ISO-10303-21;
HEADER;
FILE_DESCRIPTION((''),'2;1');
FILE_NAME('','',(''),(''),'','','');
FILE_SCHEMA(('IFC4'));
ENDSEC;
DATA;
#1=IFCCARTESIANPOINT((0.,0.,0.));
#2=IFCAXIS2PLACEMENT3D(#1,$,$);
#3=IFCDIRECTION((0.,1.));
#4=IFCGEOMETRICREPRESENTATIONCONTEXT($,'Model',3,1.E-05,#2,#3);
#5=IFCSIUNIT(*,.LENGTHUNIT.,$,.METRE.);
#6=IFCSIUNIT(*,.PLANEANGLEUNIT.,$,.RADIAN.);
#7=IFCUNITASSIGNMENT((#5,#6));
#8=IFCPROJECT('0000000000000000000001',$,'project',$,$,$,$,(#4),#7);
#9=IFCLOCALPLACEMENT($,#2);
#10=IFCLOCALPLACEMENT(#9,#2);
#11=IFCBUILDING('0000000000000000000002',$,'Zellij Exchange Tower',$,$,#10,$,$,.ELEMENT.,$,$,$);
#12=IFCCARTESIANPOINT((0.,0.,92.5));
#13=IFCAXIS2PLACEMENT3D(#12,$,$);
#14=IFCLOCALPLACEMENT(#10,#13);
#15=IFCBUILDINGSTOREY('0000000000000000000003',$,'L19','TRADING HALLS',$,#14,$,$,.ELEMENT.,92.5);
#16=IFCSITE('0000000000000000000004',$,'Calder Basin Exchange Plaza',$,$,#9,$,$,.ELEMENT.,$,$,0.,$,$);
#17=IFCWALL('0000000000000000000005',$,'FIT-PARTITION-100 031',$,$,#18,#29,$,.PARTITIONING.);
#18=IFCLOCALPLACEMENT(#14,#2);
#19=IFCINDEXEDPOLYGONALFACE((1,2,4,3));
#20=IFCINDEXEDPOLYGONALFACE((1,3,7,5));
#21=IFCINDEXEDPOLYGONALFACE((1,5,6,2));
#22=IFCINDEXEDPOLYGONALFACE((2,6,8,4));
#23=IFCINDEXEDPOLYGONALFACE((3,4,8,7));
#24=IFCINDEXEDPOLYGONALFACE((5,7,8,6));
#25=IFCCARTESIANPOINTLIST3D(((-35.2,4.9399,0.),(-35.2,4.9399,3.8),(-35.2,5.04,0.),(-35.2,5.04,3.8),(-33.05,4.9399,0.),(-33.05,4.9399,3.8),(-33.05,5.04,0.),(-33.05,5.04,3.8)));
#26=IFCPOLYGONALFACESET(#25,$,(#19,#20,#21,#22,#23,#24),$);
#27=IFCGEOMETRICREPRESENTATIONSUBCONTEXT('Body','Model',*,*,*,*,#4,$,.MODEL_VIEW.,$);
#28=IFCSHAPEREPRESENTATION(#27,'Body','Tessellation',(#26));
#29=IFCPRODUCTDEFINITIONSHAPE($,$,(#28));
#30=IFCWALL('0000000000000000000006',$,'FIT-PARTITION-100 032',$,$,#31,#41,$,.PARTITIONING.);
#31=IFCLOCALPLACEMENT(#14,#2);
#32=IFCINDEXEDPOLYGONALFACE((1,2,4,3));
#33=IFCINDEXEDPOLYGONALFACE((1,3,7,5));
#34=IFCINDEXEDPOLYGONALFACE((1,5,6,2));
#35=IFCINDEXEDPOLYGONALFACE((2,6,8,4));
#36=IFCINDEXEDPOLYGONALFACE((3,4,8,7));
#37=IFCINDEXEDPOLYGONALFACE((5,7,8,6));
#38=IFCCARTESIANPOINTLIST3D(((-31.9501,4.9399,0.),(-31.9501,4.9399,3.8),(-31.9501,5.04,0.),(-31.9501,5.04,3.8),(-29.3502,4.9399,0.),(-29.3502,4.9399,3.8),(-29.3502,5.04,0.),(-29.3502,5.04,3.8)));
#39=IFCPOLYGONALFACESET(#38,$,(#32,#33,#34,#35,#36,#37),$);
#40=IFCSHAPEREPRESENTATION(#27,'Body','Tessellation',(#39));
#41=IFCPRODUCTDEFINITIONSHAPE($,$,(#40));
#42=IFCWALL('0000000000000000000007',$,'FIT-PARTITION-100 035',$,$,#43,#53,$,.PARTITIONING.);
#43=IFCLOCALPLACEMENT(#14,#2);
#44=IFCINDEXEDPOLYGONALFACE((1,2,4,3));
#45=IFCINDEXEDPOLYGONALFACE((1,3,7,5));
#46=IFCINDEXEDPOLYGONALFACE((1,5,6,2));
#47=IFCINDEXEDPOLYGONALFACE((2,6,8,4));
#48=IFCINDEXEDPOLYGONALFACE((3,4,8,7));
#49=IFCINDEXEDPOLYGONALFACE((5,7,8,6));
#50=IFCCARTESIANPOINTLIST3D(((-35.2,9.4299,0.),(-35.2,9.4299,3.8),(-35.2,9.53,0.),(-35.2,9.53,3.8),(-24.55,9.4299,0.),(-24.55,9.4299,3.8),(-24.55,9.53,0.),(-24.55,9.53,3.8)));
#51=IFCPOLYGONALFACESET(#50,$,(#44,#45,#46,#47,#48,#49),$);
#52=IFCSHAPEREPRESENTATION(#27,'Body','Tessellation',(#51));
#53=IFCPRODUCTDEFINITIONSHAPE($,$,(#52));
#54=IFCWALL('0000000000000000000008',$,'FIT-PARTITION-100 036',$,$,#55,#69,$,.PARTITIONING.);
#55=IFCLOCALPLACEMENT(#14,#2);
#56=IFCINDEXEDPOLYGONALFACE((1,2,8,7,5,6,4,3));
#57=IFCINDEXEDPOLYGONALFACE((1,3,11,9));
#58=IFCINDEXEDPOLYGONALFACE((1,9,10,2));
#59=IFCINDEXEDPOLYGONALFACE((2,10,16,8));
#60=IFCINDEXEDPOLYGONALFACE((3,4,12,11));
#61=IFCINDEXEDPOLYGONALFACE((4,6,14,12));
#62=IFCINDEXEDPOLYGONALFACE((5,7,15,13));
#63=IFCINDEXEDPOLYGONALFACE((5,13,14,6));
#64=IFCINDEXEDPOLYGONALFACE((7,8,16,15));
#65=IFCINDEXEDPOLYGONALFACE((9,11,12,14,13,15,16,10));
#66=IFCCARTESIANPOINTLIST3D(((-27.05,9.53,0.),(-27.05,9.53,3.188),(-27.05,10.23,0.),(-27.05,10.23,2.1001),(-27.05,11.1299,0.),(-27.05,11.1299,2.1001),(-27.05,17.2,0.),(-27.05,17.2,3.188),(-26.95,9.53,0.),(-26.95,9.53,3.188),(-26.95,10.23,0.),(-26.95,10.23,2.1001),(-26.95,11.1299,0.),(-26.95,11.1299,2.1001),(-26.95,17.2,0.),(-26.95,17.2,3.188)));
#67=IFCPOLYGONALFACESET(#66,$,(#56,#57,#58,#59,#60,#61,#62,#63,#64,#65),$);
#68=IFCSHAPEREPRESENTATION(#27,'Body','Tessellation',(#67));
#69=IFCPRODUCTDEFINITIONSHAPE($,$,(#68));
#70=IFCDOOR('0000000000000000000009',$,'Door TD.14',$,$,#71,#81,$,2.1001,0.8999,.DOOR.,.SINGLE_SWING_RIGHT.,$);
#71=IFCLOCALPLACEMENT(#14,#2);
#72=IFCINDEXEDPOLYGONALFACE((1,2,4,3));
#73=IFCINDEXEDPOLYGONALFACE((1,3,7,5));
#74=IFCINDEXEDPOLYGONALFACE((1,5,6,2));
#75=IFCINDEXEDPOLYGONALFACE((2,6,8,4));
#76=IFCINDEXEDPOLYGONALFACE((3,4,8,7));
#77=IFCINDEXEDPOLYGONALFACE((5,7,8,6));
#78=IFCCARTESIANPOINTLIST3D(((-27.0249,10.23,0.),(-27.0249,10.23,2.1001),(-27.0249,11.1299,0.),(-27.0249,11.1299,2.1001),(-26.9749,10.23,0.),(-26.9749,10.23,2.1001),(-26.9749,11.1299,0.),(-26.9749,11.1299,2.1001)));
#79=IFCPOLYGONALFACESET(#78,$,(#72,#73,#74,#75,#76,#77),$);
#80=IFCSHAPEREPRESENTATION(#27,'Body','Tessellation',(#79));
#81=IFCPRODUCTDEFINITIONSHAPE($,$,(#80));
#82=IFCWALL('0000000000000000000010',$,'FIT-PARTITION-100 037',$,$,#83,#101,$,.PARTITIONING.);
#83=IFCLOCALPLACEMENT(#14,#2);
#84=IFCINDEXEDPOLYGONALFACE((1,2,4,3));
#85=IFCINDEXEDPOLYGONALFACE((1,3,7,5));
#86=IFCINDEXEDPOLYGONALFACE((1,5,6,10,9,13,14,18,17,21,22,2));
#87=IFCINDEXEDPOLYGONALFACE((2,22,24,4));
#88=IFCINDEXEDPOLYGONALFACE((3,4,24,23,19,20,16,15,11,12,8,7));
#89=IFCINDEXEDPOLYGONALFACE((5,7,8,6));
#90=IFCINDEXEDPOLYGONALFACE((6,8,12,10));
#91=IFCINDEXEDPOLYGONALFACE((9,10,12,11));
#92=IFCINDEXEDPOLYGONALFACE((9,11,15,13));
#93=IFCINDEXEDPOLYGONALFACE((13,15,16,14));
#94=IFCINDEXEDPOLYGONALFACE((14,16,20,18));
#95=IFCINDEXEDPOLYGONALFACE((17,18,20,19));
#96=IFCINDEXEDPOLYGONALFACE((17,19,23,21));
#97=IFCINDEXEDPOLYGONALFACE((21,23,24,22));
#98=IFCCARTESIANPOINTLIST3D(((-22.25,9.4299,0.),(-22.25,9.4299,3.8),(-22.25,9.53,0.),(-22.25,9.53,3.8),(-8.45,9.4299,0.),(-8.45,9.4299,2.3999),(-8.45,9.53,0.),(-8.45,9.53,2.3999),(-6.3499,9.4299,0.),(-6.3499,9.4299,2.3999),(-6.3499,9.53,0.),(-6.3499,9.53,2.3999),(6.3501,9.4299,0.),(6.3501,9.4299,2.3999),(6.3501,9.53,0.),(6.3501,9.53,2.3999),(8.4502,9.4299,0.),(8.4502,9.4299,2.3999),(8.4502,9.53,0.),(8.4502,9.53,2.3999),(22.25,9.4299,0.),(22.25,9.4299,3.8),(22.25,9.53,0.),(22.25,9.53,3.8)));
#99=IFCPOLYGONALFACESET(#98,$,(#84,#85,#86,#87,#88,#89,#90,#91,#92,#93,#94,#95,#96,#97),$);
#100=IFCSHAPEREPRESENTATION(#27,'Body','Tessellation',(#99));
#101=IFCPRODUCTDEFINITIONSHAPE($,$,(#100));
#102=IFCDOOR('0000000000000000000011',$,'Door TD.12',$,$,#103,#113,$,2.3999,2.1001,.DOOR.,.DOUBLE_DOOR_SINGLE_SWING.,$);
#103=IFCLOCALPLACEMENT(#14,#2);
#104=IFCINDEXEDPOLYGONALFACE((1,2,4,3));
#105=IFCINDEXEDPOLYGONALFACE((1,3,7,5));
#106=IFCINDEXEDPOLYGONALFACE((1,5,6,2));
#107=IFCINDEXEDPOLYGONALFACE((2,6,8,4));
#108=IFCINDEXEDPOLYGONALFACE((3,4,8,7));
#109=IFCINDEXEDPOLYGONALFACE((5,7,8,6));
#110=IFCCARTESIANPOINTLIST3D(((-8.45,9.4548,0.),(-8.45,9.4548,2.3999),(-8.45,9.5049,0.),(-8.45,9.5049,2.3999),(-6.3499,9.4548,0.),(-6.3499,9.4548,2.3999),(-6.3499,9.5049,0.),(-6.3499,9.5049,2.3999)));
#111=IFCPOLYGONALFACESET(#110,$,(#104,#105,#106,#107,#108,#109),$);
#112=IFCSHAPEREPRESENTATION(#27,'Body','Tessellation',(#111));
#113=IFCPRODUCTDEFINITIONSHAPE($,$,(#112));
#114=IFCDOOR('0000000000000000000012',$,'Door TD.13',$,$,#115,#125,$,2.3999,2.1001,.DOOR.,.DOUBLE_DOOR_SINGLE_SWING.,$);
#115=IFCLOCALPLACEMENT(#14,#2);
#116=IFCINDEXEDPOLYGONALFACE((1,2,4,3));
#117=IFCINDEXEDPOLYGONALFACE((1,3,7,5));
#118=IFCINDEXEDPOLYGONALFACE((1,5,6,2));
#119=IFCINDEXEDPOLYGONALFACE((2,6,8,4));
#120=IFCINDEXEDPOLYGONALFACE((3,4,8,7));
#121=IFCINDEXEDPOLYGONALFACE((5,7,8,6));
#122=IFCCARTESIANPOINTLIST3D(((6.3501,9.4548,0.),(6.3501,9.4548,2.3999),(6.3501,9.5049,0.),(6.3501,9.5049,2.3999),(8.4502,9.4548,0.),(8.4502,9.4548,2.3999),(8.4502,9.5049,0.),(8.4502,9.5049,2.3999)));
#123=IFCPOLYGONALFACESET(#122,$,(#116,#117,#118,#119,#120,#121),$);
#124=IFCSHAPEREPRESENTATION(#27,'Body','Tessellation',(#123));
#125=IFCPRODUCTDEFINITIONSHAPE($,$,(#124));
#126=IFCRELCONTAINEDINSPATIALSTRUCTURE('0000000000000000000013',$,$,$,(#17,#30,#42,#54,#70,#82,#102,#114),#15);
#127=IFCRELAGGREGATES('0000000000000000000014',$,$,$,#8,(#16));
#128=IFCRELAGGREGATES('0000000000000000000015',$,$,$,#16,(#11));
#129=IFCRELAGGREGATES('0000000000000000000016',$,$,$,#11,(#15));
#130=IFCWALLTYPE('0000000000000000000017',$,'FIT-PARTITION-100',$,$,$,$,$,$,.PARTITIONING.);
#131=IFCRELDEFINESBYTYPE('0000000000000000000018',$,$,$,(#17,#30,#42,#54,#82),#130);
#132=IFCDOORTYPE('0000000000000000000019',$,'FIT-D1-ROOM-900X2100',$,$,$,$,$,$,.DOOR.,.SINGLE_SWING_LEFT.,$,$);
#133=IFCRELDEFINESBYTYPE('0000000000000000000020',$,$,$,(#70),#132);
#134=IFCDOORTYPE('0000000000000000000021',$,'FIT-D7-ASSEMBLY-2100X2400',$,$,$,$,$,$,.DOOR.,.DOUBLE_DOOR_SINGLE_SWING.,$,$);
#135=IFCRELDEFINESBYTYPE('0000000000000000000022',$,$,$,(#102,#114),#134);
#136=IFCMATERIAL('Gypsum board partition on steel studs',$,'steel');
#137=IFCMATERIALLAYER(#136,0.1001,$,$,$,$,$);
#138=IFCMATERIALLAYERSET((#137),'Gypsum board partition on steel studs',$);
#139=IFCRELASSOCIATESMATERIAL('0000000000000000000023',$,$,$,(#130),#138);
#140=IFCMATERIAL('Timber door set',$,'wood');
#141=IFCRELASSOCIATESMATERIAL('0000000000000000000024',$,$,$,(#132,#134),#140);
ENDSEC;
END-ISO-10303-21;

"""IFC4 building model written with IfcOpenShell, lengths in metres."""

from ifc_helpers import new_model, si_unit, direction, frame, frame_2d, origin, place, context, subcontext, project, spatial, rectangle, extrude, material, layer, layer_set, type_object, element, fill, save


model = new_model("IFC4")

# Units and contexts
model_context = context("Model", 3, precision=1e-05, world=origin(), true_north=direction((0.0, 1.0)))
body_context = subcontext(model_context, "Body", "Model", "MODEL_VIEW")
ifc_project = project(units=[si_unit("LENGTHUNIT", "METRE"), si_unit("PLANEANGLEUNIT", "RADIAN")], contexts=[model_context])

# Site, building, storey
site_placement = place(None, origin())
site = spatial("IfcSite", under=ifc_project, at=site_placement, Name="Calder Basin Exchange Plaza", CompositionType="ELEMENT", RefElevation=0.0)
building_placement = place(site_placement, origin())
building = spatial("IfcBuilding", under=site, at=building_placement, Name="Zellij Exchange Tower", CompositionType="ELEMENT")
storey_placement = place(building_placement, frame((0.0, 0.0, 92.5)))
storey = spatial("IfcBuildingStorey", under=building, at=storey_placement, Name="L19", Description="TRADING HALLS", CompositionType="ELEMENT", Elevation=92.5)

# Walls
ifc_material_1 = material(Name="Gypsum board partition on steel studs", Category="steel")
ifc_layer_1 = layer(ifc_material_1, 0.1001)
ifc_layer_set_1 = layer_set([ifc_layer_1], Name="Gypsum board partition on steel studs")
wall_type = type_object("IfcWallType", Name="FIT-PARTITION-100", PredefinedType="PARTITIONING", material=ifc_layer_set_1)
wall_1_placement = place(storey_placement, frame((-35.2, 4.99, 0.0), z_axis=(0.0, 0.0, 1.0), x_axis=(1.0, 0.0, 0.0)))
element("IfcWall", 1, at=wall_1_placement, inside=storey, type_object=wall_type, Name="FIT-PARTITION-100 031", PredefinedType="PARTITIONING", context=body_context, shape_type="SweptSolid", body=[
    extrude(rectangle(XDim=2.1499, YDim=0.1001, at=frame_2d((1.075, 0.0))), origin(), (0.0, 0.0, 1.0), 3.8),
])
wall_2_placement = place(storey_placement, frame((-31.95, 4.99, 0.0), z_axis=(0.0, 0.0, 1.0), x_axis=(1.0, 0.0, 0.0)))
element("IfcWall", 2, at=wall_2_placement, inside=storey, type_object=wall_type, Name="FIT-PARTITION-100 032", PredefinedType="PARTITIONING", context=body_context, shape_type="SweptSolid", body=[
    extrude(rectangle(XDim=2.5999, YDim=0.1001, at=frame_2d((1.2998, 0.0))), origin(), (0.0, 0.0, 1.0), 3.8),
])
wall_3_placement = place(storey_placement, frame((-35.2, 9.48, 0.0), z_axis=(0.0, 0.0, 1.0), x_axis=(1.0, 0.0, 0.0)))
element("IfcWall", 3, at=wall_3_placement, inside=storey, type_object=wall_type, Name="FIT-PARTITION-100 035", PredefinedType="PARTITIONING", context=body_context, shape_type="SweptSolid", body=[
    extrude(rectangle(XDim=10.6499, YDim=0.1001, at=frame_2d((5.325, 0.0))), origin(), (0.0, 0.0, 1.0), 3.8),
])

# Wall, opening, door
wall_4_placement = place(storey_placement, frame((-27.0, 9.53, 0.0), z_axis=(0.0, 0.0, 1.0), x_axis=(0.0, 1.0, 0.0)))
wall_4 = element("IfcWall", 4, at=wall_4_placement, inside=storey, type_object=wall_type, Name="FIT-PARTITION-100 036", PredefinedType="PARTITIONING", context=body_context, shape_type="SweptSolid", body=[
    extrude(rectangle(XDim=7.6699, YDim=0.1001, at=frame_2d((3.835, 0.0))), origin(), (0.0, 0.0, 1.0), 3.188),
])
opening_1_placement = place(wall_4_placement, frame((0.7, 0.0, 0.0)))
opening_1 = element("IfcOpeningElement", 5, at=opening_1_placement, cuts=wall_4, PredefinedType="OPENING", context=body_context, shape_type="SweptSolid", body=[
    extrude(rectangle(XDim=0.8999, YDim=2.1001, at=frame_2d((0.45, 1.05))), frame((0.0, 0.062, 0.0), z_axis=(0.0, -1.0, 0.0), x_axis=(1.0, 0.0, 0.0)), (0.0, 0.0, 1.0), 0.124),
])
ifc_material_2 = material(Name="Timber door set", Category="wood")
door_type_1 = type_object("IfcDoorType", Name="FIT-D1-ROOM-900X2100", OperationType="SINGLE_SWING_LEFT", PredefinedType="DOOR", material=ifc_material_2)
door_1_placement = place(opening_1_placement, origin())
door_1 = element("IfcDoor", 6, at=door_1_placement, inside=storey, type_object=door_type_1, Name="Door TD.14", OperationType="SINGLE_SWING_RIGHT", OverallHeight=2.1001, OverallWidth=0.8999, PredefinedType="DOOR", context=body_context, shape_type="SweptSolid", body=[
    extrude(rectangle(XDim=0.8999, YDim=2.1001, at=frame_2d((0.45, 1.05))), frame((0.0, 0.0249, 0.0), z_axis=(0.0, -1.0, 0.0), x_axis=(1.0, 0.0, 0.0)), (0.0, 0.0, 1.0), 0.05),
])
fill(opening_1, door_1)

# Wall, openings, doors
wall_5_placement = place(storey_placement, frame((-22.25, 9.48, 0.0), z_axis=(0.0, 0.0, 1.0), x_axis=(1.0, 0.0, 0.0)))
wall_5 = element("IfcWall", 7, at=wall_5_placement, inside=storey, type_object=wall_type, Name="FIT-PARTITION-100 037", PredefinedType="PARTITIONING", context=body_context, shape_type="SweptSolid", body=[
    extrude(rectangle(XDim=44.5, YDim=0.1001, at=frame_2d((22.25, 0.0))), origin(), (0.0, 0.0, 1.0), 3.8),
])
opening_2_placement = place(wall_5_placement, frame((13.8, 0.0, 0.0)))
opening_2 = element("IfcOpeningElement", 8, at=opening_2_placement, cuts=wall_5, PredefinedType="OPENING", context=body_context, shape_type="SweptSolid", body=[
    extrude(rectangle(XDim=2.1001, YDim=2.3999, at=frame_2d((1.05, 1.2))), frame((0.0, 0.062, 0.0), z_axis=(0.0, -1.0, 0.0), x_axis=(1.0, 0.0, 0.0)), (0.0, 0.0, 1.0), 0.124),
])
opening_3_placement = place(wall_5_placement, frame((28.6001, 0.0, 0.0)))
opening_3 = element("IfcOpeningElement", 9, at=opening_3_placement, cuts=wall_5, PredefinedType="OPENING", context=body_context, shape_type="SweptSolid", body=[
    extrude(rectangle(XDim=2.1001, YDim=2.3999, at=frame_2d((1.05, 1.2))), frame((0.0, 0.062, 0.0), z_axis=(0.0, -1.0, 0.0), x_axis=(1.0, 0.0, 0.0)), (0.0, 0.0, 1.0), 0.124),
])
door_type_2 = type_object("IfcDoorType", Name="FIT-D7-ASSEMBLY-2100X2400", OperationType="DOUBLE_DOOR_SINGLE_SWING", PredefinedType="DOOR", material=ifc_material_2)
door_2_placement = place(opening_2_placement, origin())
door_2 = element("IfcDoor", 10, at=door_2_placement, inside=storey, type_object=door_type_2, Name="Door TD.12", OperationType="DOUBLE_DOOR_SINGLE_SWING", OverallHeight=2.3999, OverallWidth=2.1001, PredefinedType="DOOR", context=body_context, shape_type="SweptSolid", body=[
    extrude(rectangle(XDim=2.1001, YDim=2.3999, at=frame_2d((1.05, 1.2))), frame((0.0, 0.0249, 0.0), z_axis=(0.0, -1.0, 0.0), x_axis=(1.0, 0.0, 0.0)), (0.0, 0.0, 1.0), 0.05),
])
fill(opening_2, door_2)
door_3_placement = place(opening_3_placement, origin())
door_3 = element("IfcDoor", 11, at=door_3_placement, inside=storey, type_object=door_type_2, Name="Door TD.13", OperationType="DOUBLE_DOOR_SINGLE_SWING", OverallHeight=2.3999, OverallWidth=2.1001, PredefinedType="DOOR", context=body_context, shape_type="SweptSolid", body=[
    extrude(rectangle(XDim=2.1001, YDim=2.3999, at=frame_2d((1.05, 1.2))), frame((0.0, 0.0249, 0.0), z_axis=(0.0, -1.0, 0.0), x_axis=(1.0, 0.0, 0.0)), (0.0, 0.0, 1.0), 0.05),
])
fill(opening_3, door_3)

save(model, "model.ifc")
